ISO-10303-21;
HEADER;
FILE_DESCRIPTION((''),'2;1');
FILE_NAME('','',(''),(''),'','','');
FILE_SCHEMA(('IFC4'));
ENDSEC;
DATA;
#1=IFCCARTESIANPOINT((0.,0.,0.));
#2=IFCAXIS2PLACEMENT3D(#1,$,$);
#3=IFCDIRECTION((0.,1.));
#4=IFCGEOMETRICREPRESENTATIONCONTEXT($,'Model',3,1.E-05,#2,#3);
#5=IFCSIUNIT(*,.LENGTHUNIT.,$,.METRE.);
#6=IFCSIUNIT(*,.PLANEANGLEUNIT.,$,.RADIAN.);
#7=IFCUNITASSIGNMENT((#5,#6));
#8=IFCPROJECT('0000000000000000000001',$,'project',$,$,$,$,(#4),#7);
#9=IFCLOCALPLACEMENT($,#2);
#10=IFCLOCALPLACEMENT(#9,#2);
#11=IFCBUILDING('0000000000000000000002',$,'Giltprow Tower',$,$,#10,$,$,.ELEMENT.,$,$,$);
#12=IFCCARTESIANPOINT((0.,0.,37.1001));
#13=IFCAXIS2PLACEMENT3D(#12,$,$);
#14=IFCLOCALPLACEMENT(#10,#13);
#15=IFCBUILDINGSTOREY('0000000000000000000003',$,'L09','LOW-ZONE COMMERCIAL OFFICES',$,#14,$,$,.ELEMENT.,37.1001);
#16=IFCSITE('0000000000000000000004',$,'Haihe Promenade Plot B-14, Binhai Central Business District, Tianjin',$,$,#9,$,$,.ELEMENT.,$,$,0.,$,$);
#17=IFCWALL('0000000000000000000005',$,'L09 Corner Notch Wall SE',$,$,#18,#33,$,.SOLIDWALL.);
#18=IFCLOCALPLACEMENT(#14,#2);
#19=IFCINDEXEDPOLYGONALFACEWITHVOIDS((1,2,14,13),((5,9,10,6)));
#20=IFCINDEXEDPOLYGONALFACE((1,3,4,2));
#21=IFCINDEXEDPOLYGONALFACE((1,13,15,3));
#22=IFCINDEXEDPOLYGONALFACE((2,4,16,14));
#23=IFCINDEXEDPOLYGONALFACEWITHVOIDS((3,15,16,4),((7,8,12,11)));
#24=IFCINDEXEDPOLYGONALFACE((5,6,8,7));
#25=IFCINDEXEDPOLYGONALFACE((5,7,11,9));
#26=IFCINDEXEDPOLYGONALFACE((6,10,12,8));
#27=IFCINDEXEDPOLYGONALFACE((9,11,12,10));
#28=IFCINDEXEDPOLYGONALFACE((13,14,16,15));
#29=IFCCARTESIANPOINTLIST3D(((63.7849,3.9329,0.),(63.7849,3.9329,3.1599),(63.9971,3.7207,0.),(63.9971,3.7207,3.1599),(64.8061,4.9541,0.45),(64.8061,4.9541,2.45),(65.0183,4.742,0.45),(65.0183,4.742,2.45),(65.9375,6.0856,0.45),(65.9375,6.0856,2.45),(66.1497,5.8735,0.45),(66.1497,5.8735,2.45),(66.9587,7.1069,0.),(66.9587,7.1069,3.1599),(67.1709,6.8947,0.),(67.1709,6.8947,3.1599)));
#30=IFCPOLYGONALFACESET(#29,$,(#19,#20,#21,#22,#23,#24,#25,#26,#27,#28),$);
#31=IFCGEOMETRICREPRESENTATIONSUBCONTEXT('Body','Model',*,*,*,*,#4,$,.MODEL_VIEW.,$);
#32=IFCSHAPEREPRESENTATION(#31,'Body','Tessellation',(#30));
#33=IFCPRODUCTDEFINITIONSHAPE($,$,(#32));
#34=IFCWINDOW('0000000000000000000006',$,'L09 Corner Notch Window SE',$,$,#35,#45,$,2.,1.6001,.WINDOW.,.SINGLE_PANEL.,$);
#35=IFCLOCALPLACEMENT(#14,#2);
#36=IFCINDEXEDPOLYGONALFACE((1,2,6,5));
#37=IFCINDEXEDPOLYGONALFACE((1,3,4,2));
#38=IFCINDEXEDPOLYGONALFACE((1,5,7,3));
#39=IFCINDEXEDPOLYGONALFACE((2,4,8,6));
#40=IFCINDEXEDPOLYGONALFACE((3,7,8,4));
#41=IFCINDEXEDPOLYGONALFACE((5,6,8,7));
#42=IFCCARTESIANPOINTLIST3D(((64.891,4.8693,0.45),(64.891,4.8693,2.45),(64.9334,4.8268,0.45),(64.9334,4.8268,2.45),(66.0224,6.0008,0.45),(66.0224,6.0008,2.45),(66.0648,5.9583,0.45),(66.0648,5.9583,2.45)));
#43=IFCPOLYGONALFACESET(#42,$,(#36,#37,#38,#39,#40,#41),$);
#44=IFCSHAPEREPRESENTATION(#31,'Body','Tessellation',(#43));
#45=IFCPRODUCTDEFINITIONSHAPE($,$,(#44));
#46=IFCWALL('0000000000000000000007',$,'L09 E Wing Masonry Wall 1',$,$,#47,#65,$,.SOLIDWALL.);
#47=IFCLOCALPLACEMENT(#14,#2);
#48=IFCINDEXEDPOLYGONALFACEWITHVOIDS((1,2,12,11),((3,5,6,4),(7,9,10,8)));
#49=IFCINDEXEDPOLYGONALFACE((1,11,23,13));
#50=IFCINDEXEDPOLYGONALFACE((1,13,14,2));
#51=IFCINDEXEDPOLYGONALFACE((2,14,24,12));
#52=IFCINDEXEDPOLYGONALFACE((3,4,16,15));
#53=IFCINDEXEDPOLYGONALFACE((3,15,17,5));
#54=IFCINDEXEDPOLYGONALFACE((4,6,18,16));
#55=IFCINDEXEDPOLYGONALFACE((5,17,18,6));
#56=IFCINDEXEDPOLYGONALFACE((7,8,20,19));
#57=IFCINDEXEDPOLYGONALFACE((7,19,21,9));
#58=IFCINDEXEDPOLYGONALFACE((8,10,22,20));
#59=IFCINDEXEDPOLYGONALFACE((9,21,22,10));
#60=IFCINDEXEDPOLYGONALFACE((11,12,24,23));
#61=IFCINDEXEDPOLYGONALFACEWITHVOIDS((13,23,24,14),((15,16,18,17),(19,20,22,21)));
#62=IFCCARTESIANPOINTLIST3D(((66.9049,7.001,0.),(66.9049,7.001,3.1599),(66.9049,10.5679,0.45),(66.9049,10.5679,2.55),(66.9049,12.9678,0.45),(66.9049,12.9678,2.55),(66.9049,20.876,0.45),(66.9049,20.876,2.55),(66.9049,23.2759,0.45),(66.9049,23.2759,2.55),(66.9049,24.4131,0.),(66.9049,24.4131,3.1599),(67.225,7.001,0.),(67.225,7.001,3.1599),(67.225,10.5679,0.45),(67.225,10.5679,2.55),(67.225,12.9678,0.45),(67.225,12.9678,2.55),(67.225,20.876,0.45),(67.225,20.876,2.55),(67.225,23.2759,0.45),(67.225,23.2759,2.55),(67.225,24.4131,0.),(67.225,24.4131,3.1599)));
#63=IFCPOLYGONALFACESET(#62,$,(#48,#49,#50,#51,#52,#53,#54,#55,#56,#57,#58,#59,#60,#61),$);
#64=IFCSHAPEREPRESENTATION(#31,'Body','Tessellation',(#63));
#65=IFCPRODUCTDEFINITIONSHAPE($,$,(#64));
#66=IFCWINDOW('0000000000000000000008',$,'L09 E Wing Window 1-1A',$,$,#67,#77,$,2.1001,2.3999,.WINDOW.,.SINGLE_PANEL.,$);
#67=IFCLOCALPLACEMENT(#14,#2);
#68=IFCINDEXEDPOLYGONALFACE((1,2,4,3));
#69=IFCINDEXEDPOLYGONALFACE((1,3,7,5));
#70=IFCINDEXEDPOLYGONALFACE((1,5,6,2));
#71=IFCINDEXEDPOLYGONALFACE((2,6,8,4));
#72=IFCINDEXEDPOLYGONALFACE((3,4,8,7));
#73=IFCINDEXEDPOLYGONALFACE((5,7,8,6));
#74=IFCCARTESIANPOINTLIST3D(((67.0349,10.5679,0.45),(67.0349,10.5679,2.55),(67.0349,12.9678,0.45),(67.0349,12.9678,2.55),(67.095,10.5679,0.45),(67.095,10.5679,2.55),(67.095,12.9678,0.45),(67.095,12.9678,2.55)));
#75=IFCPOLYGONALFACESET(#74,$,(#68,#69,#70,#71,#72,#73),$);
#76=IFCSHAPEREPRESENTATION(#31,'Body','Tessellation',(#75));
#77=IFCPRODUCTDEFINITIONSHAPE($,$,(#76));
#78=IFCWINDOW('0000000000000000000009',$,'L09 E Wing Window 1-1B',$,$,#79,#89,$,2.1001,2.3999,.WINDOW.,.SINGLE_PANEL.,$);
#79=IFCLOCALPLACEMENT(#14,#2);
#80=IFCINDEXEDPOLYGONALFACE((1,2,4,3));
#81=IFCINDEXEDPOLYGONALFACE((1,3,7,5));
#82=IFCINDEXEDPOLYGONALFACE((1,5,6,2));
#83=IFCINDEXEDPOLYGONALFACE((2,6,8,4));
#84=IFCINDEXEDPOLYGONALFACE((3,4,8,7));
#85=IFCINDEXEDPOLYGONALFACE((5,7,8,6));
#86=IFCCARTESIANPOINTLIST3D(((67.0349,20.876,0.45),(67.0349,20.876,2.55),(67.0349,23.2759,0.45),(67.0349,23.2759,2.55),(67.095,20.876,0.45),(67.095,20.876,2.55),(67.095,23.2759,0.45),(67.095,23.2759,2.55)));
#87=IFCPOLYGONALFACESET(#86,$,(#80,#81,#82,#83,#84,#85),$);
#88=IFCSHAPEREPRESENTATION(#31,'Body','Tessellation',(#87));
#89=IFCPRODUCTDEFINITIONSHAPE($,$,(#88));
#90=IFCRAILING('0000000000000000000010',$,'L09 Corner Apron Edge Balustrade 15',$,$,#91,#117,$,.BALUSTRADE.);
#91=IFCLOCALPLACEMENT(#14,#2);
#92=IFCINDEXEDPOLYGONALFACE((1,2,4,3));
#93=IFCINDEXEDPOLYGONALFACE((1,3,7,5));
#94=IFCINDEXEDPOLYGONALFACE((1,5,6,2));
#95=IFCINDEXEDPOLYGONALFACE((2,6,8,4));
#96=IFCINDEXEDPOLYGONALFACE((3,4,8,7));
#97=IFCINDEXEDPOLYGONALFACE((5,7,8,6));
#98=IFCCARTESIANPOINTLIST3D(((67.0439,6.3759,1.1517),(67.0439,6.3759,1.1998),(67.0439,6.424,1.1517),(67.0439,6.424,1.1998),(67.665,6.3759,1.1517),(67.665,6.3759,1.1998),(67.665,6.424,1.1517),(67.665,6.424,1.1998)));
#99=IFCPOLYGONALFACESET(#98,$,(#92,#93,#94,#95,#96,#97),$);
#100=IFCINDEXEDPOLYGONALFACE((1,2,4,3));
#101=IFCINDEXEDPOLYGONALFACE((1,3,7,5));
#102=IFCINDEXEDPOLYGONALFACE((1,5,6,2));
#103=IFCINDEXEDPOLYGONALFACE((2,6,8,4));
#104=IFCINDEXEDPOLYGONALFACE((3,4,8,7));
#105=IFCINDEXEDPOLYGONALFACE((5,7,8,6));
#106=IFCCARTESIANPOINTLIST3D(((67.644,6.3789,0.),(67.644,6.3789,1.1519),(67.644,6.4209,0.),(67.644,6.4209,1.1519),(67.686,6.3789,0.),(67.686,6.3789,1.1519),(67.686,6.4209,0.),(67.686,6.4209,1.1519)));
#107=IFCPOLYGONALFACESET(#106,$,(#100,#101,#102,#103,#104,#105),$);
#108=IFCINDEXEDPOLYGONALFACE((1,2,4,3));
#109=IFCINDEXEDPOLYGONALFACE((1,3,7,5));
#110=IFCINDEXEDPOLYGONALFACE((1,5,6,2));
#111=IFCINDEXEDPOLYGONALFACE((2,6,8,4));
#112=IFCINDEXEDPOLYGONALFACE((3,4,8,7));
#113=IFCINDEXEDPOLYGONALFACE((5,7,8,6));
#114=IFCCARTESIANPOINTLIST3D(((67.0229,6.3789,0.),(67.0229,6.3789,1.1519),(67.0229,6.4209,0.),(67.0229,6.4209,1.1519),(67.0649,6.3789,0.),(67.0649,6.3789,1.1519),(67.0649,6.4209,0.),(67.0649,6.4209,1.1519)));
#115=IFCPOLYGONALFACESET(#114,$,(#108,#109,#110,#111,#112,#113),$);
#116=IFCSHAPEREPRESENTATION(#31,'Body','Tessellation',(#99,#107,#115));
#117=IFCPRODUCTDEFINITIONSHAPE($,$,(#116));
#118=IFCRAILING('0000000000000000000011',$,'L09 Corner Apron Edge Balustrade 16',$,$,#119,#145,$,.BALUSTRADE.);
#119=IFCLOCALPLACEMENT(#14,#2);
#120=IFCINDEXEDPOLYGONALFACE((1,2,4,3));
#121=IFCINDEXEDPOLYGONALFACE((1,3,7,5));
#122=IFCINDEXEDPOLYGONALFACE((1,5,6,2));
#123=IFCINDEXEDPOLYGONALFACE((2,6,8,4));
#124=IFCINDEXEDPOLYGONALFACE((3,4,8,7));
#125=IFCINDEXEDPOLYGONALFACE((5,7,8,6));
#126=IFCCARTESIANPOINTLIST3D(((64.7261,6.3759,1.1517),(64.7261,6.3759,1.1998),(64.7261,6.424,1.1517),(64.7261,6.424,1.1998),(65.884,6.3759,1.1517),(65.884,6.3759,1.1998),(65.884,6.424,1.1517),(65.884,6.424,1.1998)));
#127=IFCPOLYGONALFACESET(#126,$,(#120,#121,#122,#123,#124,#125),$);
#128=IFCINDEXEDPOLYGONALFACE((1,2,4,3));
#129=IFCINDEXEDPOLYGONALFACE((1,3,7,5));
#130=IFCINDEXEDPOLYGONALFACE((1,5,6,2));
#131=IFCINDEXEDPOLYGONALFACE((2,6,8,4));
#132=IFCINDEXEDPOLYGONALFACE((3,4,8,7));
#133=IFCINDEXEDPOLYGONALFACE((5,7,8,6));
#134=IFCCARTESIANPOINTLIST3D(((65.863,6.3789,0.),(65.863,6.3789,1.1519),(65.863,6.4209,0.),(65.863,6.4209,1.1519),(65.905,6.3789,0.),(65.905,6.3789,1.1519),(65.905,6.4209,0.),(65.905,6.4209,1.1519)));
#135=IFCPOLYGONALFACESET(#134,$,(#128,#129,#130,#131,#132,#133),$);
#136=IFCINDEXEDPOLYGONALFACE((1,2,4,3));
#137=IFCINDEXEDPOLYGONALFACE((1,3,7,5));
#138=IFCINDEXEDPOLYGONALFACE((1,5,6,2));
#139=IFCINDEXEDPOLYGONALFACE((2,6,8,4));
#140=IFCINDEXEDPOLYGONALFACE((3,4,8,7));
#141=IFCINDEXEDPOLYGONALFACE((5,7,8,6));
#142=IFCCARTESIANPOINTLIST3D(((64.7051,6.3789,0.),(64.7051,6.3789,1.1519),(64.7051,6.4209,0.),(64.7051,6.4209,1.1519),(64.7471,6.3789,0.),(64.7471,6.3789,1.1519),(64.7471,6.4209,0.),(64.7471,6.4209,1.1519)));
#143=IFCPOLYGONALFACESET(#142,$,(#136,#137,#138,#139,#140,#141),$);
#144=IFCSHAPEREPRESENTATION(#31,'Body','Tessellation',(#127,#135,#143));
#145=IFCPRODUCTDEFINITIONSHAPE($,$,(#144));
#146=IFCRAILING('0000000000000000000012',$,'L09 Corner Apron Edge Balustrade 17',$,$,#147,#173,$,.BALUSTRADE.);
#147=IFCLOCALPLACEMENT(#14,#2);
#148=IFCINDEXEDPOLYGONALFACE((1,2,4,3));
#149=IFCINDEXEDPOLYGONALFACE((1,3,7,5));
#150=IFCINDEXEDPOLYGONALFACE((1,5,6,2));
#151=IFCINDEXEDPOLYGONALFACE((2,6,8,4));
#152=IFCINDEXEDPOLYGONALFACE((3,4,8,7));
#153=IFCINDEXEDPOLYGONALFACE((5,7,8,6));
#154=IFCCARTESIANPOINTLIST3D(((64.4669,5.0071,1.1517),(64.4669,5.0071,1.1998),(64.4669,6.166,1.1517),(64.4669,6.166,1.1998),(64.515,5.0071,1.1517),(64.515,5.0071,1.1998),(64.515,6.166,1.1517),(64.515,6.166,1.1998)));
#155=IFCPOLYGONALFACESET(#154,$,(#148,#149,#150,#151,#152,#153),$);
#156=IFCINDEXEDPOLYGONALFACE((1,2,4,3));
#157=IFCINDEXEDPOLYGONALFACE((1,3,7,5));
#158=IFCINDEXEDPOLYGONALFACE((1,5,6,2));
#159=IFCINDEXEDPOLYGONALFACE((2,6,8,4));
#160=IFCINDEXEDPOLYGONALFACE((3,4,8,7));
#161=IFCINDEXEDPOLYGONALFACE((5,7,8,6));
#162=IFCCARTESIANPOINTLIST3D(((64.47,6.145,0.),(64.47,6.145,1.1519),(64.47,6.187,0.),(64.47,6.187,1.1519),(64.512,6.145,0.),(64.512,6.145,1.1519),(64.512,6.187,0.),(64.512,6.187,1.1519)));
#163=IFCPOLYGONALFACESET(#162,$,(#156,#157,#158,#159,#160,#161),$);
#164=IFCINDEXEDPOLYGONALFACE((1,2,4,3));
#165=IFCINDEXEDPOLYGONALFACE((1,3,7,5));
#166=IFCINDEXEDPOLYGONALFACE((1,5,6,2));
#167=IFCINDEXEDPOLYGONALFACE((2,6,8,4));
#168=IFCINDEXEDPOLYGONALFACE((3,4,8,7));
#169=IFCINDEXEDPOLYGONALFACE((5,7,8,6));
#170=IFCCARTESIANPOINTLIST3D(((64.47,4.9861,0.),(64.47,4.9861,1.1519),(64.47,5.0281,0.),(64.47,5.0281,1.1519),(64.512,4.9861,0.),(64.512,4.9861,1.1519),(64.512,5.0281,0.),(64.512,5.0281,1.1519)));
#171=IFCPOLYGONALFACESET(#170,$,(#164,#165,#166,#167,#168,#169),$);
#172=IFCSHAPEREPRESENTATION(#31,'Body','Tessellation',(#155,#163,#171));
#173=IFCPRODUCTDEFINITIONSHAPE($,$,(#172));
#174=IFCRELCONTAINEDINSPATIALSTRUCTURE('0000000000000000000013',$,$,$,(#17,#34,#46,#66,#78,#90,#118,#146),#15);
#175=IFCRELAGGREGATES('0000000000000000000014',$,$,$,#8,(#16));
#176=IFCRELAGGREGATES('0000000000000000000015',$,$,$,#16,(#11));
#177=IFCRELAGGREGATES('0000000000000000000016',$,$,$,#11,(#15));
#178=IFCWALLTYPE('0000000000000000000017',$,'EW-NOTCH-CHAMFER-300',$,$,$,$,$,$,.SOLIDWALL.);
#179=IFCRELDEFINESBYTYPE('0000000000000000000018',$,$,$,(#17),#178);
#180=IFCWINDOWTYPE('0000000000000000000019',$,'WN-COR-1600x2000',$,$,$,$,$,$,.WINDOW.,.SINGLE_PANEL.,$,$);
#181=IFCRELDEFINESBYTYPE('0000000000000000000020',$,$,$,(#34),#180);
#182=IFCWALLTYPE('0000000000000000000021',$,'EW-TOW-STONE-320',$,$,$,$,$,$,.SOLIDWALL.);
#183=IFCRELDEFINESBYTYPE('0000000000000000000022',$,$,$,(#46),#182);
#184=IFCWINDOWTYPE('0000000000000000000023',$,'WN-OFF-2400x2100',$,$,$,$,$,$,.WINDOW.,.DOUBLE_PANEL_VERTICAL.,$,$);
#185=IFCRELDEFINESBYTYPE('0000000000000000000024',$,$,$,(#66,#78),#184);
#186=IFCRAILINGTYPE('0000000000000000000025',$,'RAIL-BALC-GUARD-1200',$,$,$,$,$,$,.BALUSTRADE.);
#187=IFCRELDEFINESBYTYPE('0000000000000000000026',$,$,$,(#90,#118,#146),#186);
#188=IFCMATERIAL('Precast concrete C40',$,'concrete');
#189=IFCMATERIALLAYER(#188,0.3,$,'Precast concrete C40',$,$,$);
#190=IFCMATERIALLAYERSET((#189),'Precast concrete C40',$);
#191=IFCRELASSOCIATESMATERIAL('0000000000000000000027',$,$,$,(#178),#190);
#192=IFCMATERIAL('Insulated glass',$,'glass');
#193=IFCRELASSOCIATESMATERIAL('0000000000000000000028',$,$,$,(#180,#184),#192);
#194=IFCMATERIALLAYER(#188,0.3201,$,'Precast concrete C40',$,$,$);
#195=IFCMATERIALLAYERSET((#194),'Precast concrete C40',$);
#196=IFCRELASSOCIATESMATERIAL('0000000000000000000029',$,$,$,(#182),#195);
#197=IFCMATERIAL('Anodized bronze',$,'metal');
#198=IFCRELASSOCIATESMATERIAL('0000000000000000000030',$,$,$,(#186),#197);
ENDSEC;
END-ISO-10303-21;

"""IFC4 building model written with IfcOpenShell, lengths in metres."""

from ifc_helpers import new_model, si_unit, direction, frame, frame_2d, origin, origin_2d, place, context, subcontext, project, spatial, rectangle, extrude, source, transform, mapped, material, layer, layer_set, type_object, element, fill, save


model = new_model("IFC4")

# Units and contexts
model_context = context("Model", 3, precision=1e-05, world=origin(), true_north=direction((0.0, 1.0)))
body_context = subcontext(model_context, "Body", "Model", "MODEL_VIEW")
ifc_project = project(units=[si_unit("LENGTHUNIT", "METRE"), si_unit("PLANEANGLEUNIT", "RADIAN")], contexts=[model_context])

# Site, building, storey
site_placement = place(None, origin())
site = spatial("IfcSite", under=ifc_project, at=site_placement, Name="Haihe Promenade Plot B-14, Binhai Central Business District, Tianjin", CompositionType="ELEMENT", RefElevation=0.0)
building_placement = place(site_placement, origin())
building = spatial("IfcBuilding", under=site, at=building_placement, Name="Giltprow Tower", CompositionType="ELEMENT")
storey_placement = place(building_placement, frame((0.0, 0.0, 37.1001)))
storey = spatial("IfcBuildingStorey", under=building, at=storey_placement, Name="L09", Description="LOW-ZONE COMMERCIAL OFFICES", CompositionType="ELEMENT", Elevation=37.1001)

# Shared definitions
ifc_material_1 = material(Name="Anodized bronze", Category="metal")
ifc_material_2 = material(Name="Insulated glass", Category="glass")

# Wall, opening, window
ifc_material_3 = material(Name="Precast concrete C40", Category="concrete")
ifc_layer_1 = layer(ifc_material_3, 0.3, Name="Precast concrete C40")
ifc_layer_set_1 = layer_set([ifc_layer_1], Name="Precast concrete C40")
wall_type_1 = type_object("IfcWallType", Name="EW-NOTCH-CHAMFER-300", PredefinedType="SOLIDWALL", material=ifc_layer_set_1)
wall_1_placement = place(storey_placement, frame((63.8911, 3.8269, 0.0), z_axis=(0.0, 0.0, 1.0), x_axis=(0.70708, 0.707134, 0.0)))
wall_1 = element("IfcWall", 1, at=wall_1_placement, inside=storey, type_object=wall_type_1, Name="L09 Corner Notch Wall SE", PredefinedType="SOLIDWALL", context=body_context, shape_type="SweptSolid", body=[
    extrude(rectangle(XDim=4.4885, YDim=0.3, at=frame_2d((2.2441, 0.0))), origin(), (0.0, 0.0, 1.0), 3.1599),
])
opening_1_placement = place(wall_1_placement, frame((1.4441, 0.0, 0.45)))
opening_1 = element("IfcOpeningElement", 2, at=opening_1_placement, cuts=wall_1, PredefinedType="OPENING", context=body_context, shape_type="SweptSolid", body=[
    extrude(rectangle(XDim=1.6001, YDim=2.0, at=frame_2d((0.8, 1.0))), frame((0.0, 0.1599, 0.0), z_axis=(0.0, -1.0, 0.0), x_axis=(1.0, 0.0, 0.0)), (0.0, 0.0, 1.0), 0.3201),
])
window_type_1 = type_object("IfcWindowType", Name="WN-COR-1600x2000", PartitioningType="SINGLE_PANEL", PredefinedType="WINDOW", material=ifc_material_2)
shared_shape_1 = source(origin(), body_context, "Body", "SweptSolid", [
    extrude(rectangle(XDim=1.6001, YDim=2.0, at=frame_2d((0.8, 1.0))), frame((0.0, 0.03, 0.0), z_axis=(0.0, -1.0, 0.0), x_axis=(1.0, 0.0, 0.0)), (0.0, 0.0, 1.0), 0.0601),
])
window_1_placement = place(opening_1_placement, origin())
window_1 = element("IfcWindow", 3, at=window_1_placement, inside=storey, type_object=window_type_1, Name="L09 Corner Notch Window SE", OverallHeight=2.0, OverallWidth=1.6001, PartitioningType="SINGLE_PANEL", PredefinedType="WINDOW", context=body_context, shape_type="MappedRepresentation", body=[
    mapped(shared_shape_1, transform((0.0, 0.0, 0.0), x_axis=(1.0, 0.0, 0.0), y_axis=(0.0, 1.0, 0.0), z_axis=(0.0, 0.0, 1.0), scale=1.0)),
])
fill(opening_1, window_1)

# Wall, openings, windows
ifc_layer_2 = layer(ifc_material_3, 0.3201, Name="Precast concrete C40")
ifc_layer_set_2 = layer_set([ifc_layer_2], Name="Precast concrete C40")
wall_type_2 = type_object("IfcWallType", Name="EW-TOW-STONE-320", PredefinedType="SOLIDWALL", material=ifc_layer_set_2)
wall_2_placement = place(storey_placement, frame((67.0649, 7.001, 0.0), z_axis=(0.0, 0.0, 1.0), x_axis=(0.0, 1.0, 0.0)))
wall_2 = element("IfcWall", 4, at=wall_2_placement, inside=storey, type_object=wall_type_2, Name="L09 E Wing Masonry Wall 1", PredefinedType="SOLIDWALL", context=body_context, shape_type="SweptSolid", body=[
    extrude(rectangle(XDim=17.4121, YDim=0.3201, at=frame_2d((8.7061, 0.0))), origin(), (0.0, 0.0, 1.0), 3.1599),
])
opening_2_placement = place(wall_2_placement, frame((3.5669, 0.0, 0.45)))
opening_2 = element("IfcOpeningElement", 5, at=opening_2_placement, cuts=wall_2, PredefinedType="OPENING", context=body_context, shape_type="SweptSolid", body=[
    extrude(rectangle(XDim=2.3999, YDim=2.1001, at=frame_2d((1.2, 1.05))), frame((0.0, 0.1699, 0.0), z_axis=(0.0, -1.0, 0.0), x_axis=(1.0, 0.0, 0.0)), (0.0, 0.0, 1.0), 0.3401),
])
opening_3_placement = place(wall_2_placement, frame((13.875, 0.0, 0.45)))
opening_3 = element("IfcOpeningElement", 6, at=opening_3_placement, cuts=wall_2, PredefinedType="OPENING", context=body_context, shape_type="SweptSolid", body=[
    extrude(rectangle(XDim=2.3999, YDim=2.1001, at=frame_2d((1.2, 1.05))), frame((0.0, 0.1699, 0.0), z_axis=(0.0, -1.0, 0.0), x_axis=(1.0, 0.0, 0.0)), (0.0, 0.0, 1.0), 0.3401),
])
window_type_2 = type_object("IfcWindowType", Name="WN-OFF-2400x2100", PartitioningType="DOUBLE_PANEL_VERTICAL", PredefinedType="WINDOW", material=ifc_material_2)
shared_shape_2 = source(origin(), body_context, "Body", "SweptSolid", [
    extrude(rectangle(XDim=2.3999, YDim=2.1001, at=frame_2d((1.2, 1.05))), frame((0.0, 0.03, 0.0), z_axis=(0.0, -1.0, 0.0), x_axis=(1.0, 0.0, 0.0)), (0.0, 0.0, 1.0), 0.0601),
])
window_2_placement = place(opening_2_placement, origin())
window_2 = element("IfcWindow", 7, at=window_2_placement, inside=storey, type_object=window_type_2, Name="L09 E Wing Window 1-1A", OverallHeight=2.1001, OverallWidth=2.3999, PartitioningType="SINGLE_PANEL", PredefinedType="WINDOW", context=body_context, shape_type="MappedRepresentation", body=[
    mapped(shared_shape_2, transform((0.0, 0.0, 0.0), x_axis=(1.0, 0.0, 0.0), y_axis=(0.0, 1.0, 0.0), z_axis=(0.0, 0.0, 1.0), scale=1.0)),
])
fill(opening_2, window_2)
window_3_placement = place(opening_3_placement, origin())
window_3 = element("IfcWindow", 8, at=window_3_placement, inside=storey, type_object=window_type_2, Name="L09 E Wing Window 1-1B", OverallHeight=2.1001, OverallWidth=2.3999, PartitioningType="SINGLE_PANEL", PredefinedType="WINDOW", context=body_context, shape_type="MappedRepresentation", body=[
    mapped(shared_shape_2, transform((0.0, 0.0, 0.0), x_axis=(1.0, 0.0, 0.0), y_axis=(0.0, 1.0, 0.0), z_axis=(0.0, 0.0, 1.0), scale=1.0)),
])
fill(opening_3, window_3)

# Railings
railing_type = type_object("IfcRailingType", Name="RAIL-BALC-GUARD-1200", PredefinedType="BALUSTRADE", material=ifc_material_1)
railing_1_placement = place(storey_placement, frame((67.665, 6.3999, 0.0)))
element("IfcRailing", 9, at=railing_1_placement, inside=storey, type_object=railing_type, Name="L09 Corner Apron Edge Balustrade 15", PredefinedType="BALUSTRADE", context=body_context, shape_type="SweptSolid", body=[
    extrude(rectangle(XDim=0.0481, YDim=0.0481, at=origin_2d()), frame((0.0, 0.0, 1.1758), z_axis=(-1.0, 0.0, 0.0), x_axis=(0.0, -1.0, 0.0)), (0.0, 0.0, 1.0), 0.6211),
    extrude(rectangle(XDim=0.042, YDim=0.042, at=origin_2d()), origin(), (0.0, 0.0, 1.0), 1.1519),
    extrude(rectangle(XDim=0.042, YDim=0.042, at=origin_2d()), frame((-0.6211, 0.0, 0.0)), (0.0, 0.0, 1.0), 1.1519),
])
railing_2_placement = place(storey_placement, frame((65.884, 6.3999, 0.0)))
element("IfcRailing", 10, at=railing_2_placement, inside=storey, type_object=railing_type, Name="L09 Corner Apron Edge Balustrade 16", PredefinedType="BALUSTRADE", context=body_context, shape_type="SweptSolid", body=[
    extrude(rectangle(XDim=0.0481, YDim=0.0481, at=origin_2d()), frame((0.0, 0.0, 1.1758), z_axis=(-1.0, 0.0, 0.0), x_axis=(0.0, -1.0, 0.0)), (0.0, 0.0, 1.0), 1.158),
    extrude(rectangle(XDim=0.042, YDim=0.042, at=origin_2d()), origin(), (0.0, 0.0, 1.0), 1.1519),
    extrude(rectangle(XDim=0.042, YDim=0.042, at=origin_2d()), frame((-1.158, 0.0, 0.0)), (0.0, 0.0, 1.0), 1.1519),
])
railing_3_placement = place(storey_placement, frame((64.491, 6.166, 0.0)))
element("IfcRailing", 11, at=railing_3_placement, inside=storey, type_object=railing_type, Name="L09 Corner Apron Edge Balustrade 17", PredefinedType="BALUSTRADE", context=body_context, shape_type="SweptSolid", body=[
    extrude(rectangle(XDim=0.0481, YDim=0.0481, at=origin_2d()), frame((0.0, 0.0, 1.1758), z_axis=(0.0, -1.0, 0.0), x_axis=(1.0, 0.0, 0.0)), (0.0, 0.0, 1.0), 1.1589),
    extrude(rectangle(XDim=0.042, YDim=0.042, at=origin_2d()), origin(), (0.0, 0.0, 1.0), 1.1519),
    extrude(rectangle(XDim=0.042, YDim=0.042, at=origin_2d()), frame((0.0, -1.1589, 0.0)), (0.0, 0.0, 1.0), 1.1519),
])

save(model, "model.ifc")
